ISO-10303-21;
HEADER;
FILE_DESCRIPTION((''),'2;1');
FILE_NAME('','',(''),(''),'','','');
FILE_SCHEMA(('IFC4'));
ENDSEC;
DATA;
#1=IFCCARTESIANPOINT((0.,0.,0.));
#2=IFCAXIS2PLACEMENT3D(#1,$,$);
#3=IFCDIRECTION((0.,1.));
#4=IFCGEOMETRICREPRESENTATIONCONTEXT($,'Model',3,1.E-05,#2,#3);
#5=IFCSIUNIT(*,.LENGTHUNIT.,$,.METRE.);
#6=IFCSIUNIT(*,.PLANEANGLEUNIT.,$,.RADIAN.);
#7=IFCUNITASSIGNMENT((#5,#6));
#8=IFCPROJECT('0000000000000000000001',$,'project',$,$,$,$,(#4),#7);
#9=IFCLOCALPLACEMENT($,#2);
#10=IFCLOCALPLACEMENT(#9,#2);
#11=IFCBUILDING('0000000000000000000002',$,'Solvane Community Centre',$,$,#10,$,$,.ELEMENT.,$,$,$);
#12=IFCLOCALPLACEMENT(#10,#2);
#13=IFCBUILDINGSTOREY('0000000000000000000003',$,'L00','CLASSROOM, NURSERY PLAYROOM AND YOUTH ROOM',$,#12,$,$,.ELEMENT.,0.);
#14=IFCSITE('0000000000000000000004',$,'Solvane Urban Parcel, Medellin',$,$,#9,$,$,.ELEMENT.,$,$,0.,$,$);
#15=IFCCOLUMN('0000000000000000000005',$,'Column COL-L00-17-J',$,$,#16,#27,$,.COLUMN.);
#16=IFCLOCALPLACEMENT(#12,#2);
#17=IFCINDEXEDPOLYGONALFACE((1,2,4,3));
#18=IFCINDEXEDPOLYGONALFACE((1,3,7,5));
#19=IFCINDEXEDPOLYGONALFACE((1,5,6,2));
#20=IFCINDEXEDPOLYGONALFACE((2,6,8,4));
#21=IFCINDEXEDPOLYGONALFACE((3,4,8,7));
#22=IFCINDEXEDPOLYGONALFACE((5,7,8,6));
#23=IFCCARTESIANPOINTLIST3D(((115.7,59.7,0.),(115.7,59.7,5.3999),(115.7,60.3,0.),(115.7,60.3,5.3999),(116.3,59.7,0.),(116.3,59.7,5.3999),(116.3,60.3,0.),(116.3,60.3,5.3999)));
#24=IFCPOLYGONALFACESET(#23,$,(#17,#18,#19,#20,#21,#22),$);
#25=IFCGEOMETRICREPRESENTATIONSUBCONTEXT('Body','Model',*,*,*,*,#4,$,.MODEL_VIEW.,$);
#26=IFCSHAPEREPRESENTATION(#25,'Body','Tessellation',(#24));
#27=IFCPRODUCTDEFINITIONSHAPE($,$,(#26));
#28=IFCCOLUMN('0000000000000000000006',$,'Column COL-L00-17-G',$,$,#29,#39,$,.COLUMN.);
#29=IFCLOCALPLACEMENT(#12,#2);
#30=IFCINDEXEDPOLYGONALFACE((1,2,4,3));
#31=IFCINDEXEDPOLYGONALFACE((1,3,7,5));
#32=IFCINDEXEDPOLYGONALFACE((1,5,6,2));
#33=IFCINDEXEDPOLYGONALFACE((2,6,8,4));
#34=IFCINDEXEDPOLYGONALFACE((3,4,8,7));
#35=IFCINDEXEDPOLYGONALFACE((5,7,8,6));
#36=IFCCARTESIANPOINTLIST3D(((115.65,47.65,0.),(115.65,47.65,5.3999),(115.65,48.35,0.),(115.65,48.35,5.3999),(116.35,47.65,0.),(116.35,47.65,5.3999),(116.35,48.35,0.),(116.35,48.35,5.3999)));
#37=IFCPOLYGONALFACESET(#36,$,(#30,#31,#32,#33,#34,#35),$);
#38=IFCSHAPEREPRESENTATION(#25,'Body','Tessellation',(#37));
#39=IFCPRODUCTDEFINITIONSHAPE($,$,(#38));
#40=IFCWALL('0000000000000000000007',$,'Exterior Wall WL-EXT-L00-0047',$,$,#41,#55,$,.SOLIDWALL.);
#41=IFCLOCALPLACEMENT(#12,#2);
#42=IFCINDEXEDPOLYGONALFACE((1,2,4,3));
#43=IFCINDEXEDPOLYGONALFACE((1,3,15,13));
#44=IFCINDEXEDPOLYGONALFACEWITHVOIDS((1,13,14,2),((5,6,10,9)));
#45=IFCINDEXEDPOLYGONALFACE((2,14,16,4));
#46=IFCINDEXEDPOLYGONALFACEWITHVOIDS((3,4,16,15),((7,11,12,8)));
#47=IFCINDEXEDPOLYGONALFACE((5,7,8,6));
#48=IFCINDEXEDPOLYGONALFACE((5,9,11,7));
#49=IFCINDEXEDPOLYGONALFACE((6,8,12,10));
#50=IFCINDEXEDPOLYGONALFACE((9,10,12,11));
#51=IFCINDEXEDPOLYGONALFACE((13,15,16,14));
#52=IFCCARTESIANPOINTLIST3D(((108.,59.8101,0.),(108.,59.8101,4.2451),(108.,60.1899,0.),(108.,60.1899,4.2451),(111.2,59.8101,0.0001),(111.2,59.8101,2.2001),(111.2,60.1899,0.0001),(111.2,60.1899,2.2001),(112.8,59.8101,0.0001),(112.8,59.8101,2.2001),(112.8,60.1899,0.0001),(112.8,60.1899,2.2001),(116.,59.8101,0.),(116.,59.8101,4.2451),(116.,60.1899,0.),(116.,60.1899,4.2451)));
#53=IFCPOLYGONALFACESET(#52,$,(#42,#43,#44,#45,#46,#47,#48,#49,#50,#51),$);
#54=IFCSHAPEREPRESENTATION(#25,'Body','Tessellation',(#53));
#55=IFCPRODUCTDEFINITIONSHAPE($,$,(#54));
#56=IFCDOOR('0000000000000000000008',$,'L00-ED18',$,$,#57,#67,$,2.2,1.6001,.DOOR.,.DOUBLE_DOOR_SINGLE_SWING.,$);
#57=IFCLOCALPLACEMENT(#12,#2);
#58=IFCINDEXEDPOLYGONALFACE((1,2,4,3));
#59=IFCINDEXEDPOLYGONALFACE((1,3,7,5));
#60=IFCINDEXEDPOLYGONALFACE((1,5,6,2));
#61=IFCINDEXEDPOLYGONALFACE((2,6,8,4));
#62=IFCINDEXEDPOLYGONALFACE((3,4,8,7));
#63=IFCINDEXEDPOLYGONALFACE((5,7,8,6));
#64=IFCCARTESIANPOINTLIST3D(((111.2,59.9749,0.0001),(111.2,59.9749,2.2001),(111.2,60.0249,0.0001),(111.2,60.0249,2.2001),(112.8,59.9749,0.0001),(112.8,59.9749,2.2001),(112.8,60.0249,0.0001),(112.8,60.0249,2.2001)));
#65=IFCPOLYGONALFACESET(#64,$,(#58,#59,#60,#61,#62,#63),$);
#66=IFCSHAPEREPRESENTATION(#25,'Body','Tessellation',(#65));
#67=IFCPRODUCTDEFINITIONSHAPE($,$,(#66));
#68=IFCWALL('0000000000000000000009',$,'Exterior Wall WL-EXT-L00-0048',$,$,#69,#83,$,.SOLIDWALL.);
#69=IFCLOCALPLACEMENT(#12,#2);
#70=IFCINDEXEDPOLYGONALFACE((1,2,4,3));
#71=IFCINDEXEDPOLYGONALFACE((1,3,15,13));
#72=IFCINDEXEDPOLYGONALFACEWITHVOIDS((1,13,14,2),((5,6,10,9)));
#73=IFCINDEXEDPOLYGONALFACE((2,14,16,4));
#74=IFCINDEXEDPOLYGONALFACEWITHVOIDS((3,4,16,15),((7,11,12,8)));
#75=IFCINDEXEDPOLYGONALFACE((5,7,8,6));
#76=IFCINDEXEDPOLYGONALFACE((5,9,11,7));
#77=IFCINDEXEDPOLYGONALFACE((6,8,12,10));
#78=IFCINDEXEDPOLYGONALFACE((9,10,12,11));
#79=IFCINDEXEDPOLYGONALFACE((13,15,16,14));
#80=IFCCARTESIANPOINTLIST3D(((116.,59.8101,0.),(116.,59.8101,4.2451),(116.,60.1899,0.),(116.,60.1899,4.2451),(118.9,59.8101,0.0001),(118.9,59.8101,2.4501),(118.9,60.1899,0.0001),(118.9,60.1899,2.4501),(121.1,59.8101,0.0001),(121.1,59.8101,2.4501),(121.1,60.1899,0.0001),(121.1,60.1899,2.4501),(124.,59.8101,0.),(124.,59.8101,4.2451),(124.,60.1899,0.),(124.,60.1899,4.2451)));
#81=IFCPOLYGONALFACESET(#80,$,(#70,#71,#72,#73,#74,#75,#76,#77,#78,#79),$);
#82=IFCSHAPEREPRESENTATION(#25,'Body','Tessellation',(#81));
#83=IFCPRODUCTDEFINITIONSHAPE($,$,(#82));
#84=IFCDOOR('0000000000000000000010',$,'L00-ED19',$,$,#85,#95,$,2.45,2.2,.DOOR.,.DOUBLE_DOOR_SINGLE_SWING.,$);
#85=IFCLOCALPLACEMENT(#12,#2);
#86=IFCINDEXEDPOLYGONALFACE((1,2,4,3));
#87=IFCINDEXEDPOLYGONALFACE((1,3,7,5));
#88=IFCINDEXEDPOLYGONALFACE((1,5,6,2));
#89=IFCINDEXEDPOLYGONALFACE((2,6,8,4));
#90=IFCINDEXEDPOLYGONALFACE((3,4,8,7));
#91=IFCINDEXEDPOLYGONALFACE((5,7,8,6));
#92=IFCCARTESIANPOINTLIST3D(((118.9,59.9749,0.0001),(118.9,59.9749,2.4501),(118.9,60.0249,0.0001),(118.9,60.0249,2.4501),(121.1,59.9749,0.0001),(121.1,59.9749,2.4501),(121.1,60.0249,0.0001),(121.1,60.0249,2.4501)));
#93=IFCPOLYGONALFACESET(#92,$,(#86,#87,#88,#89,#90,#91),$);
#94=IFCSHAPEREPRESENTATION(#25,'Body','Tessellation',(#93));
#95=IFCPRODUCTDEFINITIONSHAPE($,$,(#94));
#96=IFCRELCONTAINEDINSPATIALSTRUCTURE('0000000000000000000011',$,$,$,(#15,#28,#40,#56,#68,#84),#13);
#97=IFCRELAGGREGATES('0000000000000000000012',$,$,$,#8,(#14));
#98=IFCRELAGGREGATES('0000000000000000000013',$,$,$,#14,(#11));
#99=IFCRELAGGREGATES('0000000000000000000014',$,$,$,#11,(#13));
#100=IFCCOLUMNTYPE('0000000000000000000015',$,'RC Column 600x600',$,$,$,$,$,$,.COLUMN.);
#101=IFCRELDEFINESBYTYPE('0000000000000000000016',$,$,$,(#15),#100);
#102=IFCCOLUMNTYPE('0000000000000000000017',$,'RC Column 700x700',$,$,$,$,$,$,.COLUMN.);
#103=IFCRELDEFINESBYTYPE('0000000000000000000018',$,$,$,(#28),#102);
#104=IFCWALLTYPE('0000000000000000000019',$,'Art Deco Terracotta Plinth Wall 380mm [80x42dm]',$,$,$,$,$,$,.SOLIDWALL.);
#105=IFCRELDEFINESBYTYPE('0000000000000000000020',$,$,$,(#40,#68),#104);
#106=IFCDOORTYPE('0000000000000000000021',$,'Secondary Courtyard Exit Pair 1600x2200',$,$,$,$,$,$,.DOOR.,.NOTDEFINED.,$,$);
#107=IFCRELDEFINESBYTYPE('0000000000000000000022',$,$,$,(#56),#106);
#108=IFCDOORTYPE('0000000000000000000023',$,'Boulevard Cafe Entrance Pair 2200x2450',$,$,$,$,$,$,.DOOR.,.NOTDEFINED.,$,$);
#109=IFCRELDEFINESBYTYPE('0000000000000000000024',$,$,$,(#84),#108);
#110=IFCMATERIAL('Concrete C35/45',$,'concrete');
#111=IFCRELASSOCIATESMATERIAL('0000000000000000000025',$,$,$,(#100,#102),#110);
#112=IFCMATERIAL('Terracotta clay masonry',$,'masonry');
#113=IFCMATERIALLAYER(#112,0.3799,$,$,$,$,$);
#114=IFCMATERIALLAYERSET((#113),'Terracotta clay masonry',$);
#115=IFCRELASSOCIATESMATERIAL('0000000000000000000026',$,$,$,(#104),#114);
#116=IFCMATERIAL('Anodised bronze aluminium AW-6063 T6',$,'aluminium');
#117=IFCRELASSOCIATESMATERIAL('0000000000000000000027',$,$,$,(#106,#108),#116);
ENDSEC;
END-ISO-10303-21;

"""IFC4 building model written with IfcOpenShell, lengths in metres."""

from ifc_helpers import new_model, si_unit, direction, frame, frame_2d, origin, origin_2d, place, context, subcontext, project, spatial, rectangle, extrude, material, layer, layer_set, material_profile, profile_set, type_object, element, fill, save


model = new_model("IFC4")

# Units and contexts
model_context = context("Model", 3, precision=1e-05, world=origin(), true_north=direction((0.0, 1.0)))
body_context = subcontext(model_context, "Body", "Model", "MODEL_VIEW")
ifc_project = project(units=[si_unit("LENGTHUNIT", "METRE"), si_unit("PLANEANGLEUNIT", "RADIAN")], contexts=[model_context])

# Site, building, storey
site_placement = place(None, origin())
site = spatial("IfcSite", under=ifc_project, at=site_placement, Name="Solvane Urban Parcel, Medellin", CompositionType="ELEMENT", RefElevation=0.0)
building_placement = place(site_placement, origin())
building = spatial("IfcBuilding", under=site, at=building_placement, Name="Solvane Community Centre", CompositionType="ELEMENT")
storey_placement = place(building_placement, origin())
storey = spatial("IfcBuildingStorey", under=building, at=storey_placement, Name="L00", Description="CLASSROOM, NURSERY PLAYROOM AND YOUTH ROOM", CompositionType="ELEMENT", Elevation=0.0)

# Columns
ifc_material_1 = material(Name="Concrete C35/45", Category="concrete")
ifc_material_profile_1 = material_profile(ifc_material_1, rectangle(XDim=0.6001, YDim=0.6001, at=origin_2d()), Name="RC 600x600")
ifc_profile_set_1 = profile_set([ifc_material_profile_1], Name="Concrete C35/45")
column_type_1 = type_object("IfcColumnType", Name="RC Column 600x600", PredefinedType="COLUMN", material=ifc_profile_set_1)
for number, where, z_axis, x_axis, name in (
    (1, (116.0, 60.0, 0.0), (0.0, 0.0, 1.0), (1.0, 0.0, 0.0), "Column COL-L00-17-J"),
):
    element("IfcColumn", number, at=place(storey_placement, frame(where, z_axis=z_axis, x_axis=x_axis)), inside=storey, type_object=column_type_1, Name=name, PredefinedType="COLUMN", context=body_context, shape_type="SweptSolid", body=[
        extrude(rectangle(XDim=0.6001, YDim=0.6001, at=origin_2d()), origin(), (0.0, 0.0, 1.0), 5.3999),
    ])
ifc_material_profile_2 = material_profile(ifc_material_1, rectangle(XDim=0.7, YDim=0.7, at=origin_2d()), Name="RC 700x700")
ifc_profile_set_2 = profile_set([ifc_material_profile_2], Name="Concrete C35/45")
column_type_2 = type_object("IfcColumnType", Name="RC Column 700x700", PredefinedType="COLUMN", material=ifc_profile_set_2)
column_placement = place(storey_placement, frame((116.0, 48.0, 0.0), z_axis=(0.0, 0.0, 1.0), x_axis=(1.0, 0.0, 0.0)))
element("IfcColumn", 2, at=column_placement, inside=storey, type_object=column_type_2, Name="Column COL-L00-17-G", PredefinedType="COLUMN", context=body_context, shape_type="SweptSolid", body=[
    extrude(rectangle(XDim=0.7, YDim=0.7, at=origin_2d()), origin(), (0.0, 0.0, 1.0), 5.3999),
])

# Walls, openings, doors
ifc_material_2 = material(Name="Terracotta clay masonry", Category="masonry")
ifc_layer = layer(ifc_material_2, 0.3799)
ifc_layer_set = layer_set([ifc_layer], Name="Terracotta clay masonry")
wall_type = type_object("IfcWallType", Name="Art Deco Terracotta Plinth Wall 380mm [80x42dm]", PredefinedType="SOLIDWALL", material=ifc_layer_set)
wall_1_placement = place(storey_placement, frame((108.0, 60.0, 0.0), z_axis=(0.0, 0.0, 1.0), x_axis=(1.0, 0.0, 0.0)))
wall_1 = element("IfcWall", 3, at=wall_1_placement, inside=storey, type_object=wall_type, Name="Exterior Wall WL-EXT-L00-0047", PredefinedType="SOLIDWALL", context=body_context, shape_type="SweptSolid", body=[
    extrude(rectangle(XDim=8.0, YDim=0.3799, at=frame_2d((4.0, 0.0))), origin(), (0.0, 0.0, 1.0), 4.2451),
])
opening_1_placement = place(wall_1_placement, frame((3.2, 0.0, 0.0)))
opening_1 = element("IfcOpeningElement", 4, at=opening_1_placement, cuts=wall_1, PredefinedType="OPENING", context=body_context, shape_type="SweptSolid", body=[
    extrude(rectangle(XDim=1.6001, YDim=2.2, at=frame_2d((0.8, 1.1001))), frame((0.0, 0.2, 0.0), z_axis=(0.0, -1.0, 0.0), x_axis=(1.0, 0.0, 0.0)), (0.0, 0.0, 1.0), 0.3999),
])
ifc_material_3 = material(Name="Anodised bronze aluminium AW-6063 T6", Category="aluminium")
door_type_1 = type_object("IfcDoorType", Name="Secondary Courtyard Exit Pair 1600x2200", OperationType="NOTDEFINED", PredefinedType="DOOR", material=ifc_material_3)
door_1_placement = place(opening_1_placement, origin())
door_1 = element("IfcDoor", 5, at=door_1_placement, inside=storey, type_object=door_type_1, Name="L00-ED18", OperationType="DOUBLE_DOOR_SINGLE_SWING", OverallHeight=2.2, OverallWidth=1.6001, PredefinedType="DOOR", context=body_context, shape_type="SweptSolid", body=[
    extrude(rectangle(XDim=1.6001, YDim=2.2, at=frame_2d((0.8, 1.1001))), frame((0.0, 0.0249, 0.0), z_axis=(0.0, -1.0, 0.0), x_axis=(1.0, 0.0, 0.0)), (0.0, 0.0, 1.0), 0.05),
])
fill(opening_1, door_1)
wall_2_placement = place(storey_placement, frame((116.0, 60.0, 0.0), z_axis=(0.0, 0.0, 1.0), x_axis=(1.0, 0.0, 0.0)))
wall_2 = element("IfcWall", 6, at=wall_2_placement, inside=storey, type_object=wall_type, Name="Exterior Wall WL-EXT-L00-0048", PredefinedType="SOLIDWALL", context=body_context, shape_type="SweptSolid", body=[
    extrude(rectangle(XDim=8.0, YDim=0.3799, at=frame_2d((4.0, 0.0))), origin(), (0.0, 0.0, 1.0), 4.2451),
])
opening_2_placement = place(wall_2_placement, frame((2.8999, 0.0, 0.0)))
opening_2 = element("IfcOpeningElement", 7, at=opening_2_placement, cuts=wall_2, PredefinedType="OPENING", context=body_context, shape_type="SweptSolid", body=[
    extrude(rectangle(XDim=2.2, YDim=2.45, at=frame_2d((1.1001, 1.2251))), frame((0.0, 0.2, 0.0), z_axis=(0.0, -1.0, 0.0), x_axis=(1.0, 0.0, 0.0)), (0.0, 0.0, 1.0), 0.3999),
])
door_type_2 = type_object("IfcDoorType", Name="Boulevard Cafe Entrance Pair 2200x2450", OperationType="NOTDEFINED", PredefinedType="DOOR", material=ifc_material_3)
door_2_placement = place(opening_2_placement, origin())
door_2 = element("IfcDoor", 8, at=door_2_placement, inside=storey, type_object=door_type_2, Name="L00-ED19", OperationType="DOUBLE_DOOR_SINGLE_SWING", OverallHeight=2.45, OverallWidth=2.2, PredefinedType="DOOR", context=body_context, shape_type="SweptSolid", body=[
    extrude(rectangle(XDim=2.2, YDim=2.45, at=frame_2d((1.1001, 1.2251))), frame((0.0, 0.0249, 0.0), z_axis=(0.0, -1.0, 0.0), x_axis=(1.0, 0.0, 0.0)), (0.0, 0.0, 1.0), 0.05),
])
fill(opening_2, door_2)

save(model, "model.ifc")
